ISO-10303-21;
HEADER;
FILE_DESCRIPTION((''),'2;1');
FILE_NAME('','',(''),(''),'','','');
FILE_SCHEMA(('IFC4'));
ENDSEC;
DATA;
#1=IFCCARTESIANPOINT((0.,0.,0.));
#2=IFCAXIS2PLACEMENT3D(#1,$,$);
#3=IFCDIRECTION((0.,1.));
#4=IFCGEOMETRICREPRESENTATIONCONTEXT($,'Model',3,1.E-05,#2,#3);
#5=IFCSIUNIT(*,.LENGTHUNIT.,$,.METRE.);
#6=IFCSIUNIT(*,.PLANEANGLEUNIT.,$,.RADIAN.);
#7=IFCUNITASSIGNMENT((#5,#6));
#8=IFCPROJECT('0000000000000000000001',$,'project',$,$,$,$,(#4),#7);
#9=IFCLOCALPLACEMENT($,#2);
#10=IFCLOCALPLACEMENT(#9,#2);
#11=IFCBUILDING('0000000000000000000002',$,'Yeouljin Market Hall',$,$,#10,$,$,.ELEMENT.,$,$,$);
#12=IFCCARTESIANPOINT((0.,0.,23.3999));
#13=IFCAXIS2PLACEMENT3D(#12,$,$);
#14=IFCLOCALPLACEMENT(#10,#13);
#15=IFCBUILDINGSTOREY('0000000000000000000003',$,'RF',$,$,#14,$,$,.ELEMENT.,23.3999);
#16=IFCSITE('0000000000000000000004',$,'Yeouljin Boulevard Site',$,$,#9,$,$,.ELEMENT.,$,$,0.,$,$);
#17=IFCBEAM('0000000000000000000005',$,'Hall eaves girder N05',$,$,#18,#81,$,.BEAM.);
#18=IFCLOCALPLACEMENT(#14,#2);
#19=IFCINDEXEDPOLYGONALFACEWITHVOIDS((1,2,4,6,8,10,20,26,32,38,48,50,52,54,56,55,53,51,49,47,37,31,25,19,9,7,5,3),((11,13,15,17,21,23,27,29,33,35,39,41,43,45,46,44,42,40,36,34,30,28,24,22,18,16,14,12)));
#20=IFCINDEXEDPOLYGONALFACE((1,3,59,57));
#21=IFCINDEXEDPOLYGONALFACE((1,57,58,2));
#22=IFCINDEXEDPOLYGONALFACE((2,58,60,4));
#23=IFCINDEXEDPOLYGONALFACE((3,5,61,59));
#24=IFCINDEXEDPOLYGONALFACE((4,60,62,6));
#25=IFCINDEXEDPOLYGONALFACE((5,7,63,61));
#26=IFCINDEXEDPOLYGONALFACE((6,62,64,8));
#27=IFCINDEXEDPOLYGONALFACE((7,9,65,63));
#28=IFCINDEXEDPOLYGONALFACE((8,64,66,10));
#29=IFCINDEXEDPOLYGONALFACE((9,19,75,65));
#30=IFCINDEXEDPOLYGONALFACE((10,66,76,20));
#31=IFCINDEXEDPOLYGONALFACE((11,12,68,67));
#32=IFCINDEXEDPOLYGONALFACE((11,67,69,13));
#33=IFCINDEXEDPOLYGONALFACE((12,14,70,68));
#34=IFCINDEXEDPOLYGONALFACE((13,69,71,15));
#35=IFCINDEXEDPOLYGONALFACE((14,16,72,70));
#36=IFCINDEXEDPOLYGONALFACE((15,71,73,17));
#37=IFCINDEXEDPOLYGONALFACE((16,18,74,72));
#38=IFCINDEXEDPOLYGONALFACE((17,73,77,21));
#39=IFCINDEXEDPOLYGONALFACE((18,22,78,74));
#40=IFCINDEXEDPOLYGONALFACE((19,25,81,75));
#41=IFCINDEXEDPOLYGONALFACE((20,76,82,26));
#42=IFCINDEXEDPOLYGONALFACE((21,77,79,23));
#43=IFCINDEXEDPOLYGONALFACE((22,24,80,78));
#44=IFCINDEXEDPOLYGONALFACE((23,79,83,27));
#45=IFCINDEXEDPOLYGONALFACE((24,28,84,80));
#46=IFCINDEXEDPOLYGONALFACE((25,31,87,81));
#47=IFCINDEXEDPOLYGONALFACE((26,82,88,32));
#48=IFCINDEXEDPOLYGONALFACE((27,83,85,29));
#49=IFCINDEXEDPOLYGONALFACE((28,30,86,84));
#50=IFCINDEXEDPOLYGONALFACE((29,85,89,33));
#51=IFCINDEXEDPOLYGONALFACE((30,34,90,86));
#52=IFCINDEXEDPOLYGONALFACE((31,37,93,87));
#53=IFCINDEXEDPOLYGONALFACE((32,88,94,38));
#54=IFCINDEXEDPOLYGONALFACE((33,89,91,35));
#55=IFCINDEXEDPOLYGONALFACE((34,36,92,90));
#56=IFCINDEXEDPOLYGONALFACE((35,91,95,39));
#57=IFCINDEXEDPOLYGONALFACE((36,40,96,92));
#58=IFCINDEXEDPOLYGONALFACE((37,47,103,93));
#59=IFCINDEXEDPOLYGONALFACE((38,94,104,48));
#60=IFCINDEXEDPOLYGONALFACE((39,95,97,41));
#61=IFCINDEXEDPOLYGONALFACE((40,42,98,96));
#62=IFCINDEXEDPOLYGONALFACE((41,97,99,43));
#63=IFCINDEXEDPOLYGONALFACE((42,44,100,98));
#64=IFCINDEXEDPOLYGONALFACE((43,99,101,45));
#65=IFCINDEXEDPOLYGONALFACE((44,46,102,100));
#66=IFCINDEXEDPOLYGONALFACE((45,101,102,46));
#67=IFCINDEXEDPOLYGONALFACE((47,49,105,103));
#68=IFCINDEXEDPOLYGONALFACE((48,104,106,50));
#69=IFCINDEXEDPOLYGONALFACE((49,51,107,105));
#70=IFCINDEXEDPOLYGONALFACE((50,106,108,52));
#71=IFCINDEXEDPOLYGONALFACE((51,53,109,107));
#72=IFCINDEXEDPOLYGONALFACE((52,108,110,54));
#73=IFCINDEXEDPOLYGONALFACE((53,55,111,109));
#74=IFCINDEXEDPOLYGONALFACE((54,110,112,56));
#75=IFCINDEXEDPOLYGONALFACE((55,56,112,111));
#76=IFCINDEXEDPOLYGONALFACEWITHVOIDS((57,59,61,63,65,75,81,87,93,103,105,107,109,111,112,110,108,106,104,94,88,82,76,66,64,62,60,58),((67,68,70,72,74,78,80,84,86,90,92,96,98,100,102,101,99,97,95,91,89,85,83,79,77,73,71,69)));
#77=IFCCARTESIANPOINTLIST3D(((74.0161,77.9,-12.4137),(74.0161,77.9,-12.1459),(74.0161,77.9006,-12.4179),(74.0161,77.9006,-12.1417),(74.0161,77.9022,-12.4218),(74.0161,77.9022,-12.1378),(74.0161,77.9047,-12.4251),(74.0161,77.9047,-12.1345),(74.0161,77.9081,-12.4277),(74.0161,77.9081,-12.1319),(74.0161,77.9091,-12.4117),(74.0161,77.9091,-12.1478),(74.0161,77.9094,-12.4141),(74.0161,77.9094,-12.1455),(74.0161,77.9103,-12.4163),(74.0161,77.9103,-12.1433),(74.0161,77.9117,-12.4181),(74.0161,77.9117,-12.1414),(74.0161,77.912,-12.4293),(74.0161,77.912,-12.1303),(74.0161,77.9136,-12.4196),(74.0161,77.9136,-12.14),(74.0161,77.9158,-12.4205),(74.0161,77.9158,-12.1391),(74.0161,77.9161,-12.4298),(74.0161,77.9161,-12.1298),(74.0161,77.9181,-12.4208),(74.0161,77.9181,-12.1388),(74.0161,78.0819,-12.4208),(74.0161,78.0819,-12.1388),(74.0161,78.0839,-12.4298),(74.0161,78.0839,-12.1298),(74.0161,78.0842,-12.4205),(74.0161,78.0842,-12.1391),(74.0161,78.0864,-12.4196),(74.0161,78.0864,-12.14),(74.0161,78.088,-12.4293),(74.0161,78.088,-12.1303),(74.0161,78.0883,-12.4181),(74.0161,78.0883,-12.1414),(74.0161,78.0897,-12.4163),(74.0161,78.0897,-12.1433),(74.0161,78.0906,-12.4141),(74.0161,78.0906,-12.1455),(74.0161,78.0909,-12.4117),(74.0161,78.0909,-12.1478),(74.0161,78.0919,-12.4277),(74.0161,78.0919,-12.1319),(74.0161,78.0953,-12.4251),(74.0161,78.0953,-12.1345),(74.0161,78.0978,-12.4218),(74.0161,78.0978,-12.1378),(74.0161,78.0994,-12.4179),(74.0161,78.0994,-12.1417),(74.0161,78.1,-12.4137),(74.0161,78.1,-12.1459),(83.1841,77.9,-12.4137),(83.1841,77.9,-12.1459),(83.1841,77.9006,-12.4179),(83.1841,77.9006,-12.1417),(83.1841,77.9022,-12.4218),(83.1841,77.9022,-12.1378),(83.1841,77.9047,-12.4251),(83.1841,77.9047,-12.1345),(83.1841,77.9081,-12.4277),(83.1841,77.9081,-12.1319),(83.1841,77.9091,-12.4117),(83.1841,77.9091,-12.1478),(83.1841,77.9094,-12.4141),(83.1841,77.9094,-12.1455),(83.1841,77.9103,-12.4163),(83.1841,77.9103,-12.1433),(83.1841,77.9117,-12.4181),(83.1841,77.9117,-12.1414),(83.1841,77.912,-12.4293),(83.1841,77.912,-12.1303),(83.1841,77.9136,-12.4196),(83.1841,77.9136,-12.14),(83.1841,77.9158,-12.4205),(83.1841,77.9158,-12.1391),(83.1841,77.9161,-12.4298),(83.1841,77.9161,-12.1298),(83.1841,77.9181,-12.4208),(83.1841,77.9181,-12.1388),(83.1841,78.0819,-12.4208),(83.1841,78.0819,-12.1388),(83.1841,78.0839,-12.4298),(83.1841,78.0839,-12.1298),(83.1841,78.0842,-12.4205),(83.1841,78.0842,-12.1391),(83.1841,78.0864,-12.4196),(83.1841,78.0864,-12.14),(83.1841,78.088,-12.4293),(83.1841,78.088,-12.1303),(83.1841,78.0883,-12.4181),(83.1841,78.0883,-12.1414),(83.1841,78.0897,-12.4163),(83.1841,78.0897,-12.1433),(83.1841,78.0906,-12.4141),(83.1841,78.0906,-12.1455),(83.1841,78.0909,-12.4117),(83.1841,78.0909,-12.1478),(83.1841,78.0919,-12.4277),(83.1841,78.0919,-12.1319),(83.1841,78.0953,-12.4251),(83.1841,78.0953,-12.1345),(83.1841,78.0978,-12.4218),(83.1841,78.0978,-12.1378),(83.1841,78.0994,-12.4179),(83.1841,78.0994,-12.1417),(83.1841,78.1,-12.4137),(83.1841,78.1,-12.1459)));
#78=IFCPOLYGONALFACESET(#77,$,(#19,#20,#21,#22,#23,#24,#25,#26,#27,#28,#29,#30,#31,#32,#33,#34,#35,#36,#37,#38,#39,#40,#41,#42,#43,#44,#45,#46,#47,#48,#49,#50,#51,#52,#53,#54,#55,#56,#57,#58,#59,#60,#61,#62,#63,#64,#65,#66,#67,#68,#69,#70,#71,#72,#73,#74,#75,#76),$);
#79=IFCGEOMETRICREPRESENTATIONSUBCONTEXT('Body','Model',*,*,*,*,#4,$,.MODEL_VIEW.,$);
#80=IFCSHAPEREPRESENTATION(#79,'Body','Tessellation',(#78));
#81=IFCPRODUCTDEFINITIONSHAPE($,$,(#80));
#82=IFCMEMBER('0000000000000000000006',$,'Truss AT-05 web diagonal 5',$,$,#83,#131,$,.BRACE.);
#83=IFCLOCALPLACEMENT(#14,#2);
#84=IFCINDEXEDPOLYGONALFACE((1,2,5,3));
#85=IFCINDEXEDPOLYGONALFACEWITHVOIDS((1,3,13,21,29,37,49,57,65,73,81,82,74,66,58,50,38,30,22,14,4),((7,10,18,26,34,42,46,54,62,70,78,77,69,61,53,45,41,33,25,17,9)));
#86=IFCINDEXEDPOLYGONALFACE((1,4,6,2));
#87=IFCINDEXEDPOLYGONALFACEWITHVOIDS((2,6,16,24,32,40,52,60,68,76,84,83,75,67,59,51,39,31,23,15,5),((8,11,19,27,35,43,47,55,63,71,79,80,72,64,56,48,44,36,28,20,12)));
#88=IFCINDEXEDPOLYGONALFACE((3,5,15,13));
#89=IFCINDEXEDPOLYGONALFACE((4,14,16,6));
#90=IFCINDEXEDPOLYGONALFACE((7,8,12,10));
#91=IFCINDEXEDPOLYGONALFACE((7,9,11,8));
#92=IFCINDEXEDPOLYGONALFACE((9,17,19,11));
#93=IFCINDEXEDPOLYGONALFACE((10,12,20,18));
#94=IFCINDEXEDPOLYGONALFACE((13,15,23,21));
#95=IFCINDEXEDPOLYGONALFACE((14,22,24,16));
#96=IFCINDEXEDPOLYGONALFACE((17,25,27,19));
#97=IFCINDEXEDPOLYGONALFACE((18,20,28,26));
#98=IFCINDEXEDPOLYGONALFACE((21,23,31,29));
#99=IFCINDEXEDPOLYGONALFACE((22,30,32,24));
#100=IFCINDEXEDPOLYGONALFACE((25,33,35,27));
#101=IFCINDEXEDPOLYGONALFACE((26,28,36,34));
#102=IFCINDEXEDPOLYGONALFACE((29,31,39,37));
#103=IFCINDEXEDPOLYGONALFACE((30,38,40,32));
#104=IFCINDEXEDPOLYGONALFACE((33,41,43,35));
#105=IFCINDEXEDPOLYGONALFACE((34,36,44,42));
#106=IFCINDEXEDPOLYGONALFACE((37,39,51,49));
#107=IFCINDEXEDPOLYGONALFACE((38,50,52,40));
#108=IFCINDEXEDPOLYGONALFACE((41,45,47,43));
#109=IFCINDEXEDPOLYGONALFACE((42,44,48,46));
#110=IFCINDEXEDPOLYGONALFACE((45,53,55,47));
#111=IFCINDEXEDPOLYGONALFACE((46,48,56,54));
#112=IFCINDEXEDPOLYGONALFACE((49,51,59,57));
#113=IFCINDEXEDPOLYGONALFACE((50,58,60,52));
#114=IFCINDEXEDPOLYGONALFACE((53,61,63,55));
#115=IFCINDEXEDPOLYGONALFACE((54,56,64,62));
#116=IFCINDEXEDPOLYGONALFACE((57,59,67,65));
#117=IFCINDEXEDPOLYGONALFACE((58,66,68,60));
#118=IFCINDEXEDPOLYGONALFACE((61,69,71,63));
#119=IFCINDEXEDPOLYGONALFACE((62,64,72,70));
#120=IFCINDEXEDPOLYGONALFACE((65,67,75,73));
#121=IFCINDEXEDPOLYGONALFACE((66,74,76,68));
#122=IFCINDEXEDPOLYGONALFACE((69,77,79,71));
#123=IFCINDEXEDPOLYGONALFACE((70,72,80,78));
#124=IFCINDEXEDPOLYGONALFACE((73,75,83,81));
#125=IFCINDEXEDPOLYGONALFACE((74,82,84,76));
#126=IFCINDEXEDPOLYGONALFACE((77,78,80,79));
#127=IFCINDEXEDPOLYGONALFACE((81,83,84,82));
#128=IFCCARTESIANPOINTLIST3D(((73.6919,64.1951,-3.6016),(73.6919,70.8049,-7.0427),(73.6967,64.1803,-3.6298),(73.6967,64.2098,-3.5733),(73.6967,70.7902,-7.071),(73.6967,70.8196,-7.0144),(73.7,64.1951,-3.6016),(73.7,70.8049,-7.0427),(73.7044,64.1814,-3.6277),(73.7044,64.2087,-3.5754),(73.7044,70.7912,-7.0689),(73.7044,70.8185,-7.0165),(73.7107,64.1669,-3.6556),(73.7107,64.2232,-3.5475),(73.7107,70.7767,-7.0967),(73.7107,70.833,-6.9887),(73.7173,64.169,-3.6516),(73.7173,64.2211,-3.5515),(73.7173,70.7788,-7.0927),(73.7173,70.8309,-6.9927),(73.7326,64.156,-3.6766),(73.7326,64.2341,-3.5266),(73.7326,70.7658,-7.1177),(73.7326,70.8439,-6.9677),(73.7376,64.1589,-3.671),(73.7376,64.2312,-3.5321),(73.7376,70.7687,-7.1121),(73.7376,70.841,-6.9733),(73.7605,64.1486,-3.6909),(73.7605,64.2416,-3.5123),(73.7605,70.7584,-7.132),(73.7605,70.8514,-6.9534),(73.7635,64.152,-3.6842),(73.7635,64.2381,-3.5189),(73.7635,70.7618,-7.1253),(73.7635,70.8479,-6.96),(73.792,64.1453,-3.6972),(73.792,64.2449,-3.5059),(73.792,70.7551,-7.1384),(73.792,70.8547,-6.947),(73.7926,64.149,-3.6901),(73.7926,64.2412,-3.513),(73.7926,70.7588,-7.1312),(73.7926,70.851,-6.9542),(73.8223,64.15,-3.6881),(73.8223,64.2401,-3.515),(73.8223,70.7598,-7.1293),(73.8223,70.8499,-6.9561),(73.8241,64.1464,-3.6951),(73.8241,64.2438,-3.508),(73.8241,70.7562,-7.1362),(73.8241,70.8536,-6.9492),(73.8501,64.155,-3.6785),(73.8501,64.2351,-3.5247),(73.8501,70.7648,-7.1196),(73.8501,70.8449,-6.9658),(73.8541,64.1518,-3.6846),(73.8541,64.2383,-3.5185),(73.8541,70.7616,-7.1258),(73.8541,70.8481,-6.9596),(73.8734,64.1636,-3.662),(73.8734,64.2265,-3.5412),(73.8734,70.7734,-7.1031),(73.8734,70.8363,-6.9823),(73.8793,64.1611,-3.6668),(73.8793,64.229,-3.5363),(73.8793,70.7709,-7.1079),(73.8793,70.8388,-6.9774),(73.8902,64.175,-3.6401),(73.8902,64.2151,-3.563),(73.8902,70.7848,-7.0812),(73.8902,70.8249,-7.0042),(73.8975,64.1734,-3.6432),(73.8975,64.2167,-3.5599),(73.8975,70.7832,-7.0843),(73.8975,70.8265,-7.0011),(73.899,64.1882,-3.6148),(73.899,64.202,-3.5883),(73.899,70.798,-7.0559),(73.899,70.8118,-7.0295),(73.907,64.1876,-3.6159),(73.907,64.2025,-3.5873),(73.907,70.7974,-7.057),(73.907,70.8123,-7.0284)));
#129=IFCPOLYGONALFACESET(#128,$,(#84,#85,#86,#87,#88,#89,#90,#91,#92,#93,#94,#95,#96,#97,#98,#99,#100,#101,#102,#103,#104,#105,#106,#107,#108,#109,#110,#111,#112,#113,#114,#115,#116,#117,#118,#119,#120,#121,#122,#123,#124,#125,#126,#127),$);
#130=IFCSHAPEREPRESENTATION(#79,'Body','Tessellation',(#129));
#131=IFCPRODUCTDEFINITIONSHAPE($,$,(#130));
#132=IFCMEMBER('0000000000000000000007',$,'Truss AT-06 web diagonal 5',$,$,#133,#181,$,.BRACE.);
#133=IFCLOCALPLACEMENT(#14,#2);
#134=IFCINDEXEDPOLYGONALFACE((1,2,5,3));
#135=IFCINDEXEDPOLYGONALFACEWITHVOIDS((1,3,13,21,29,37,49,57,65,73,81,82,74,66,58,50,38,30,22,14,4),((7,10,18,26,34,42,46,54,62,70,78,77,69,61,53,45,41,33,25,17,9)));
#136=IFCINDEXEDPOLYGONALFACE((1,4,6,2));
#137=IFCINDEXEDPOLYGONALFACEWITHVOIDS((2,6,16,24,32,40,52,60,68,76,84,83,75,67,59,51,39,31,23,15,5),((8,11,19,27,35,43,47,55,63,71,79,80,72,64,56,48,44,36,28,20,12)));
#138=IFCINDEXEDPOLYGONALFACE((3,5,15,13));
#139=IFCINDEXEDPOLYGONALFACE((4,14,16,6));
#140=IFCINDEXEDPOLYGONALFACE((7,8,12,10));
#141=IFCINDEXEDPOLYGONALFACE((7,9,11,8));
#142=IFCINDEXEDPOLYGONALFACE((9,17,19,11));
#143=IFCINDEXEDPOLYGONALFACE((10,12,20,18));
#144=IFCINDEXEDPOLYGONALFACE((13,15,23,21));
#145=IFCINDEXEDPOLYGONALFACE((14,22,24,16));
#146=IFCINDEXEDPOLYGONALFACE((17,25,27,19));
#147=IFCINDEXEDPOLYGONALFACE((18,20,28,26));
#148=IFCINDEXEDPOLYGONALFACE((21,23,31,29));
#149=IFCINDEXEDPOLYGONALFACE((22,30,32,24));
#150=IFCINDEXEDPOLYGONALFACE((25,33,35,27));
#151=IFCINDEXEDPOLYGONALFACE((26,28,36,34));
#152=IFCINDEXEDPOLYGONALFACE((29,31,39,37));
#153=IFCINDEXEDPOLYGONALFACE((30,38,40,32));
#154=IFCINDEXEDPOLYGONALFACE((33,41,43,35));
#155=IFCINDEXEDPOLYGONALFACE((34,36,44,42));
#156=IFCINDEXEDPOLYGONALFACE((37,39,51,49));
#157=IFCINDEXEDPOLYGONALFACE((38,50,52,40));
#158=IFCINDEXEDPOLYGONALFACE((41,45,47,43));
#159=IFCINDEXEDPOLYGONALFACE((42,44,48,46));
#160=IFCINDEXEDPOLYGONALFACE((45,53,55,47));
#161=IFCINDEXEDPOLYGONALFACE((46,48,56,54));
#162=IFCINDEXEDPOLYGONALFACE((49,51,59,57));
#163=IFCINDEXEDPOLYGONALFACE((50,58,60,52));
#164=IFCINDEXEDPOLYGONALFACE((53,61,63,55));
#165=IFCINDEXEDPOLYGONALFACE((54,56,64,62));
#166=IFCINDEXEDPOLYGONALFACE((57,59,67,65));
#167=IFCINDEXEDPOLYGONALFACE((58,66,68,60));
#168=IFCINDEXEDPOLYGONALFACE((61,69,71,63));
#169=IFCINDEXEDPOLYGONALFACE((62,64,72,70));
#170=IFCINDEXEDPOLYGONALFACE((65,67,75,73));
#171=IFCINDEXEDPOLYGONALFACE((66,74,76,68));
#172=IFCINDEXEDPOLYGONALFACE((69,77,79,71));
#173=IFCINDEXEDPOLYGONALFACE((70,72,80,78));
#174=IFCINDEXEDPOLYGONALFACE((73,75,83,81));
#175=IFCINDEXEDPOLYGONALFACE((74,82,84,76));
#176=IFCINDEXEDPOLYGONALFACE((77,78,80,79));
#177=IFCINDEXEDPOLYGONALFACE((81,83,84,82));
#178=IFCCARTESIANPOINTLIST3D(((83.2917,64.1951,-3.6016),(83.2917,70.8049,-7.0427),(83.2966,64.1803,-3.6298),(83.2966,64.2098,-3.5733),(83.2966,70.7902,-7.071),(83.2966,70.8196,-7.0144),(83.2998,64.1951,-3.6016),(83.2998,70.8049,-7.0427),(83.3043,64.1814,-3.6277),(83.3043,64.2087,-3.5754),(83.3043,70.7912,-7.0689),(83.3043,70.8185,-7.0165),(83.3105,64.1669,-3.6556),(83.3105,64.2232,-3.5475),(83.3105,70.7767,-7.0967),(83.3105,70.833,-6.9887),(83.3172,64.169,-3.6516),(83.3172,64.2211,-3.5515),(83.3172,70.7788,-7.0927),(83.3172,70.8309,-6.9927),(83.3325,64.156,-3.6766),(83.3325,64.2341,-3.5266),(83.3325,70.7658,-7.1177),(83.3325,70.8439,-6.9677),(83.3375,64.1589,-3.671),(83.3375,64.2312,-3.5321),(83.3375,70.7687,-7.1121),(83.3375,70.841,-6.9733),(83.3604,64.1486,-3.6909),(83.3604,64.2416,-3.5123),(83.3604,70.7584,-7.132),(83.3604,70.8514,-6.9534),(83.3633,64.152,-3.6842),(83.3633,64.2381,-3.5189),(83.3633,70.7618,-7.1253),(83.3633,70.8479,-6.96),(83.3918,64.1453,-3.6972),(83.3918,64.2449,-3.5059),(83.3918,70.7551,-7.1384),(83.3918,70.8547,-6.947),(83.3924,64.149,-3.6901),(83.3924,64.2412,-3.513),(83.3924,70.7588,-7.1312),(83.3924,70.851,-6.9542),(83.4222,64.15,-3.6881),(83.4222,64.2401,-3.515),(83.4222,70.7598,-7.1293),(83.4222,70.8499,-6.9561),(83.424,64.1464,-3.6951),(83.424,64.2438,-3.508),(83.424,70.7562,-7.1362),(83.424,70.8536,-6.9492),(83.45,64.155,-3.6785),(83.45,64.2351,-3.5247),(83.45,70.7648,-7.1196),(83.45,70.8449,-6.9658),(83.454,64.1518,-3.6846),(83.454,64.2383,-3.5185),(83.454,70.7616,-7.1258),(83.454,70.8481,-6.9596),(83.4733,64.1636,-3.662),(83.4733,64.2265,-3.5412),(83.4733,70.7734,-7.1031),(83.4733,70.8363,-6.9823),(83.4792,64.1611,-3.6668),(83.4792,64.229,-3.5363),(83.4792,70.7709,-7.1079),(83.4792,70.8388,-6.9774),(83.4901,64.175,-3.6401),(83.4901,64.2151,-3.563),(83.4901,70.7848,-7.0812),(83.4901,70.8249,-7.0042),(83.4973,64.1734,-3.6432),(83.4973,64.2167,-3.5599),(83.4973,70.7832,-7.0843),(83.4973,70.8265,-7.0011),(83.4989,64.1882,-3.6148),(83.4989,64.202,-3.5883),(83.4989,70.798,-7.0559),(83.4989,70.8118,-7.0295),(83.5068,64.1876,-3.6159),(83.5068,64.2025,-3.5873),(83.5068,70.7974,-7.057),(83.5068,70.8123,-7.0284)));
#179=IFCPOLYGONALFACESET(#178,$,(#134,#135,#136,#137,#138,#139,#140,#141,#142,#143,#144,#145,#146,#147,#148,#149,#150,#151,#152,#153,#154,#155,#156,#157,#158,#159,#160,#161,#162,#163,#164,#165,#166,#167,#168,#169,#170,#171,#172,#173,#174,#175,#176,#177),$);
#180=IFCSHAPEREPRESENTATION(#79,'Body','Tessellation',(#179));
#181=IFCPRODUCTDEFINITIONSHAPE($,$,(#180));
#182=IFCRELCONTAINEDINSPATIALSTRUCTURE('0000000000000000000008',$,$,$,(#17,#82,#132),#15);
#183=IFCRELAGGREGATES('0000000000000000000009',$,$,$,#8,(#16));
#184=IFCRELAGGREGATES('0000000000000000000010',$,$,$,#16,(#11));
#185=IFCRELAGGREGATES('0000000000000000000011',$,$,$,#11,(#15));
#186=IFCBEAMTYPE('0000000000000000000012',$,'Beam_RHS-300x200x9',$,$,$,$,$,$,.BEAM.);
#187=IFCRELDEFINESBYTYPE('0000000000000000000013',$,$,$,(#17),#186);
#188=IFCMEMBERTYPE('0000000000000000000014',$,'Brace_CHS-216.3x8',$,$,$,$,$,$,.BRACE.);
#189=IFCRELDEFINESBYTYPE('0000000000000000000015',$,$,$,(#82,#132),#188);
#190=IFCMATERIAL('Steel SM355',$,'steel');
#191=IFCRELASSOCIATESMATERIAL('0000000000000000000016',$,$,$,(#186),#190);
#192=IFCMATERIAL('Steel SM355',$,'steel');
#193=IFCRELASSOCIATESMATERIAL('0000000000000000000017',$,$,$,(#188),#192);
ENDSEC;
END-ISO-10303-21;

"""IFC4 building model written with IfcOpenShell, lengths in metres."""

from ifc_helpers import new_model, si_unit, direction, frame, origin, origin_2d, place, context, subcontext, project, spatial, hollow_rectangle, hollow_circle, extrude, material, material_profile, profile_set, type_object, element, save


model = new_model("IFC4")

# Units and contexts
model_context = context("Model", 3, precision=1e-05, world=origin(), true_north=direction((0.0, 1.0)))
body_context = subcontext(model_context, "Body", "Model", "MODEL_VIEW")
ifc_project = project(units=[si_unit("LENGTHUNIT", "METRE"), si_unit("PLANEANGLEUNIT", "RADIAN")], contexts=[model_context])

# Site, building, storey
site_placement = place(None, origin())
site = spatial("IfcSite", under=ifc_project, at=site_placement, Name="Yeouljin Boulevard Site", CompositionType="ELEMENT", RefElevation=0.0)
building_placement = place(site_placement, origin())
building = spatial("IfcBuilding", under=site, at=building_placement, Name="Yeouljin Market Hall", CompositionType="ELEMENT")
storey_placement = place(building_placement, frame((0.0, 0.0, 23.3999)))
storey = spatial("IfcBuildingStorey", under=building, at=storey_placement, Name="RF", CompositionType="ELEMENT", Elevation=23.3999)

# Beam
ifc_material_1 = material(Name="Steel SM355", Category="steel")
ifc_material_profile_1 = material_profile(ifc_material_1, hollow_rectangle(XDim=0.2, YDim=0.3, WallThickness=0.009, InnerFilletRadius=0.009, OuterFilletRadius=0.0161, at=origin_2d()), Name="RHS-300x200x9")
ifc_profile_set_1 = profile_set([ifc_material_profile_1], Name="Steel SM355")
beam_type_1 = type_object("IfcBeamType", Name="Beam_RHS-300x200x9", PredefinedType="BEAM", material=ifc_profile_set_1)
for number, where, z_axis, x_axis, name in (
    (1, (74.0161, 78.0, -12.2798), (1.0, 0.0, 0.0), (0.0, 1.0, 0.0), "Hall eaves girder N05"),
):
    element("IfcBeam", number, at=place(storey_placement, frame(where, z_axis=z_axis, x_axis=x_axis)), inside=storey, type_object=beam_type_1, Name=name, PredefinedType="BEAM", context=body_context, shape_type="SweptSolid", body=[
        extrude(hollow_rectangle(XDim=0.2, YDim=0.3, WallThickness=0.009, InnerFilletRadius=0.009, OuterFilletRadius=0.0161, at=origin_2d()), origin(), (0.0, 0.0, 1.0), 9.168),
    ])

# Members
ifc_material_2 = material(Name="Steel SM355", Category="steel")
ifc_material_profile_2 = material_profile(ifc_material_2, hollow_circle(Radius=0.1082, WallThickness=0.0081, at=origin_2d()), Name="CHS-216.3x8")
ifc_profile_set_2 = profile_set([ifc_material_profile_2], Name="Steel SM355")
member_type_1 = type_object("IfcMemberType", Name="Brace_CHS-216.3x8", PredefinedType="BRACE", material=ifc_profile_set_2)
for number, where, z_axis, x_axis, name in (
    (2, (73.8, 64.1951, -3.6016), (0.0, 0.886995, -0.461779), (-1.0, 0.0, 0.0), "Truss AT-05 web diagonal 5"),
    (3, (83.3999, 64.1951, -3.6016), (0.0, 0.886995, -0.461779), (-1.0, 0.0, 0.0), "Truss AT-06 web diagonal 5"),
):
    element("IfcMember", number, at=place(storey_placement, frame(where, z_axis=z_axis, x_axis=x_axis)), inside=storey, type_object=member_type_1, Name=name, PredefinedType="BRACE", context=body_context, shape_type="SweptSolid", body=[
        extrude(hollow_circle(Radius=0.1082, WallThickness=0.0081, at=origin_2d()), origin(), (0.0, 0.0, 1.0), 7.4519),
    ])

save(model, "model.ifc")
